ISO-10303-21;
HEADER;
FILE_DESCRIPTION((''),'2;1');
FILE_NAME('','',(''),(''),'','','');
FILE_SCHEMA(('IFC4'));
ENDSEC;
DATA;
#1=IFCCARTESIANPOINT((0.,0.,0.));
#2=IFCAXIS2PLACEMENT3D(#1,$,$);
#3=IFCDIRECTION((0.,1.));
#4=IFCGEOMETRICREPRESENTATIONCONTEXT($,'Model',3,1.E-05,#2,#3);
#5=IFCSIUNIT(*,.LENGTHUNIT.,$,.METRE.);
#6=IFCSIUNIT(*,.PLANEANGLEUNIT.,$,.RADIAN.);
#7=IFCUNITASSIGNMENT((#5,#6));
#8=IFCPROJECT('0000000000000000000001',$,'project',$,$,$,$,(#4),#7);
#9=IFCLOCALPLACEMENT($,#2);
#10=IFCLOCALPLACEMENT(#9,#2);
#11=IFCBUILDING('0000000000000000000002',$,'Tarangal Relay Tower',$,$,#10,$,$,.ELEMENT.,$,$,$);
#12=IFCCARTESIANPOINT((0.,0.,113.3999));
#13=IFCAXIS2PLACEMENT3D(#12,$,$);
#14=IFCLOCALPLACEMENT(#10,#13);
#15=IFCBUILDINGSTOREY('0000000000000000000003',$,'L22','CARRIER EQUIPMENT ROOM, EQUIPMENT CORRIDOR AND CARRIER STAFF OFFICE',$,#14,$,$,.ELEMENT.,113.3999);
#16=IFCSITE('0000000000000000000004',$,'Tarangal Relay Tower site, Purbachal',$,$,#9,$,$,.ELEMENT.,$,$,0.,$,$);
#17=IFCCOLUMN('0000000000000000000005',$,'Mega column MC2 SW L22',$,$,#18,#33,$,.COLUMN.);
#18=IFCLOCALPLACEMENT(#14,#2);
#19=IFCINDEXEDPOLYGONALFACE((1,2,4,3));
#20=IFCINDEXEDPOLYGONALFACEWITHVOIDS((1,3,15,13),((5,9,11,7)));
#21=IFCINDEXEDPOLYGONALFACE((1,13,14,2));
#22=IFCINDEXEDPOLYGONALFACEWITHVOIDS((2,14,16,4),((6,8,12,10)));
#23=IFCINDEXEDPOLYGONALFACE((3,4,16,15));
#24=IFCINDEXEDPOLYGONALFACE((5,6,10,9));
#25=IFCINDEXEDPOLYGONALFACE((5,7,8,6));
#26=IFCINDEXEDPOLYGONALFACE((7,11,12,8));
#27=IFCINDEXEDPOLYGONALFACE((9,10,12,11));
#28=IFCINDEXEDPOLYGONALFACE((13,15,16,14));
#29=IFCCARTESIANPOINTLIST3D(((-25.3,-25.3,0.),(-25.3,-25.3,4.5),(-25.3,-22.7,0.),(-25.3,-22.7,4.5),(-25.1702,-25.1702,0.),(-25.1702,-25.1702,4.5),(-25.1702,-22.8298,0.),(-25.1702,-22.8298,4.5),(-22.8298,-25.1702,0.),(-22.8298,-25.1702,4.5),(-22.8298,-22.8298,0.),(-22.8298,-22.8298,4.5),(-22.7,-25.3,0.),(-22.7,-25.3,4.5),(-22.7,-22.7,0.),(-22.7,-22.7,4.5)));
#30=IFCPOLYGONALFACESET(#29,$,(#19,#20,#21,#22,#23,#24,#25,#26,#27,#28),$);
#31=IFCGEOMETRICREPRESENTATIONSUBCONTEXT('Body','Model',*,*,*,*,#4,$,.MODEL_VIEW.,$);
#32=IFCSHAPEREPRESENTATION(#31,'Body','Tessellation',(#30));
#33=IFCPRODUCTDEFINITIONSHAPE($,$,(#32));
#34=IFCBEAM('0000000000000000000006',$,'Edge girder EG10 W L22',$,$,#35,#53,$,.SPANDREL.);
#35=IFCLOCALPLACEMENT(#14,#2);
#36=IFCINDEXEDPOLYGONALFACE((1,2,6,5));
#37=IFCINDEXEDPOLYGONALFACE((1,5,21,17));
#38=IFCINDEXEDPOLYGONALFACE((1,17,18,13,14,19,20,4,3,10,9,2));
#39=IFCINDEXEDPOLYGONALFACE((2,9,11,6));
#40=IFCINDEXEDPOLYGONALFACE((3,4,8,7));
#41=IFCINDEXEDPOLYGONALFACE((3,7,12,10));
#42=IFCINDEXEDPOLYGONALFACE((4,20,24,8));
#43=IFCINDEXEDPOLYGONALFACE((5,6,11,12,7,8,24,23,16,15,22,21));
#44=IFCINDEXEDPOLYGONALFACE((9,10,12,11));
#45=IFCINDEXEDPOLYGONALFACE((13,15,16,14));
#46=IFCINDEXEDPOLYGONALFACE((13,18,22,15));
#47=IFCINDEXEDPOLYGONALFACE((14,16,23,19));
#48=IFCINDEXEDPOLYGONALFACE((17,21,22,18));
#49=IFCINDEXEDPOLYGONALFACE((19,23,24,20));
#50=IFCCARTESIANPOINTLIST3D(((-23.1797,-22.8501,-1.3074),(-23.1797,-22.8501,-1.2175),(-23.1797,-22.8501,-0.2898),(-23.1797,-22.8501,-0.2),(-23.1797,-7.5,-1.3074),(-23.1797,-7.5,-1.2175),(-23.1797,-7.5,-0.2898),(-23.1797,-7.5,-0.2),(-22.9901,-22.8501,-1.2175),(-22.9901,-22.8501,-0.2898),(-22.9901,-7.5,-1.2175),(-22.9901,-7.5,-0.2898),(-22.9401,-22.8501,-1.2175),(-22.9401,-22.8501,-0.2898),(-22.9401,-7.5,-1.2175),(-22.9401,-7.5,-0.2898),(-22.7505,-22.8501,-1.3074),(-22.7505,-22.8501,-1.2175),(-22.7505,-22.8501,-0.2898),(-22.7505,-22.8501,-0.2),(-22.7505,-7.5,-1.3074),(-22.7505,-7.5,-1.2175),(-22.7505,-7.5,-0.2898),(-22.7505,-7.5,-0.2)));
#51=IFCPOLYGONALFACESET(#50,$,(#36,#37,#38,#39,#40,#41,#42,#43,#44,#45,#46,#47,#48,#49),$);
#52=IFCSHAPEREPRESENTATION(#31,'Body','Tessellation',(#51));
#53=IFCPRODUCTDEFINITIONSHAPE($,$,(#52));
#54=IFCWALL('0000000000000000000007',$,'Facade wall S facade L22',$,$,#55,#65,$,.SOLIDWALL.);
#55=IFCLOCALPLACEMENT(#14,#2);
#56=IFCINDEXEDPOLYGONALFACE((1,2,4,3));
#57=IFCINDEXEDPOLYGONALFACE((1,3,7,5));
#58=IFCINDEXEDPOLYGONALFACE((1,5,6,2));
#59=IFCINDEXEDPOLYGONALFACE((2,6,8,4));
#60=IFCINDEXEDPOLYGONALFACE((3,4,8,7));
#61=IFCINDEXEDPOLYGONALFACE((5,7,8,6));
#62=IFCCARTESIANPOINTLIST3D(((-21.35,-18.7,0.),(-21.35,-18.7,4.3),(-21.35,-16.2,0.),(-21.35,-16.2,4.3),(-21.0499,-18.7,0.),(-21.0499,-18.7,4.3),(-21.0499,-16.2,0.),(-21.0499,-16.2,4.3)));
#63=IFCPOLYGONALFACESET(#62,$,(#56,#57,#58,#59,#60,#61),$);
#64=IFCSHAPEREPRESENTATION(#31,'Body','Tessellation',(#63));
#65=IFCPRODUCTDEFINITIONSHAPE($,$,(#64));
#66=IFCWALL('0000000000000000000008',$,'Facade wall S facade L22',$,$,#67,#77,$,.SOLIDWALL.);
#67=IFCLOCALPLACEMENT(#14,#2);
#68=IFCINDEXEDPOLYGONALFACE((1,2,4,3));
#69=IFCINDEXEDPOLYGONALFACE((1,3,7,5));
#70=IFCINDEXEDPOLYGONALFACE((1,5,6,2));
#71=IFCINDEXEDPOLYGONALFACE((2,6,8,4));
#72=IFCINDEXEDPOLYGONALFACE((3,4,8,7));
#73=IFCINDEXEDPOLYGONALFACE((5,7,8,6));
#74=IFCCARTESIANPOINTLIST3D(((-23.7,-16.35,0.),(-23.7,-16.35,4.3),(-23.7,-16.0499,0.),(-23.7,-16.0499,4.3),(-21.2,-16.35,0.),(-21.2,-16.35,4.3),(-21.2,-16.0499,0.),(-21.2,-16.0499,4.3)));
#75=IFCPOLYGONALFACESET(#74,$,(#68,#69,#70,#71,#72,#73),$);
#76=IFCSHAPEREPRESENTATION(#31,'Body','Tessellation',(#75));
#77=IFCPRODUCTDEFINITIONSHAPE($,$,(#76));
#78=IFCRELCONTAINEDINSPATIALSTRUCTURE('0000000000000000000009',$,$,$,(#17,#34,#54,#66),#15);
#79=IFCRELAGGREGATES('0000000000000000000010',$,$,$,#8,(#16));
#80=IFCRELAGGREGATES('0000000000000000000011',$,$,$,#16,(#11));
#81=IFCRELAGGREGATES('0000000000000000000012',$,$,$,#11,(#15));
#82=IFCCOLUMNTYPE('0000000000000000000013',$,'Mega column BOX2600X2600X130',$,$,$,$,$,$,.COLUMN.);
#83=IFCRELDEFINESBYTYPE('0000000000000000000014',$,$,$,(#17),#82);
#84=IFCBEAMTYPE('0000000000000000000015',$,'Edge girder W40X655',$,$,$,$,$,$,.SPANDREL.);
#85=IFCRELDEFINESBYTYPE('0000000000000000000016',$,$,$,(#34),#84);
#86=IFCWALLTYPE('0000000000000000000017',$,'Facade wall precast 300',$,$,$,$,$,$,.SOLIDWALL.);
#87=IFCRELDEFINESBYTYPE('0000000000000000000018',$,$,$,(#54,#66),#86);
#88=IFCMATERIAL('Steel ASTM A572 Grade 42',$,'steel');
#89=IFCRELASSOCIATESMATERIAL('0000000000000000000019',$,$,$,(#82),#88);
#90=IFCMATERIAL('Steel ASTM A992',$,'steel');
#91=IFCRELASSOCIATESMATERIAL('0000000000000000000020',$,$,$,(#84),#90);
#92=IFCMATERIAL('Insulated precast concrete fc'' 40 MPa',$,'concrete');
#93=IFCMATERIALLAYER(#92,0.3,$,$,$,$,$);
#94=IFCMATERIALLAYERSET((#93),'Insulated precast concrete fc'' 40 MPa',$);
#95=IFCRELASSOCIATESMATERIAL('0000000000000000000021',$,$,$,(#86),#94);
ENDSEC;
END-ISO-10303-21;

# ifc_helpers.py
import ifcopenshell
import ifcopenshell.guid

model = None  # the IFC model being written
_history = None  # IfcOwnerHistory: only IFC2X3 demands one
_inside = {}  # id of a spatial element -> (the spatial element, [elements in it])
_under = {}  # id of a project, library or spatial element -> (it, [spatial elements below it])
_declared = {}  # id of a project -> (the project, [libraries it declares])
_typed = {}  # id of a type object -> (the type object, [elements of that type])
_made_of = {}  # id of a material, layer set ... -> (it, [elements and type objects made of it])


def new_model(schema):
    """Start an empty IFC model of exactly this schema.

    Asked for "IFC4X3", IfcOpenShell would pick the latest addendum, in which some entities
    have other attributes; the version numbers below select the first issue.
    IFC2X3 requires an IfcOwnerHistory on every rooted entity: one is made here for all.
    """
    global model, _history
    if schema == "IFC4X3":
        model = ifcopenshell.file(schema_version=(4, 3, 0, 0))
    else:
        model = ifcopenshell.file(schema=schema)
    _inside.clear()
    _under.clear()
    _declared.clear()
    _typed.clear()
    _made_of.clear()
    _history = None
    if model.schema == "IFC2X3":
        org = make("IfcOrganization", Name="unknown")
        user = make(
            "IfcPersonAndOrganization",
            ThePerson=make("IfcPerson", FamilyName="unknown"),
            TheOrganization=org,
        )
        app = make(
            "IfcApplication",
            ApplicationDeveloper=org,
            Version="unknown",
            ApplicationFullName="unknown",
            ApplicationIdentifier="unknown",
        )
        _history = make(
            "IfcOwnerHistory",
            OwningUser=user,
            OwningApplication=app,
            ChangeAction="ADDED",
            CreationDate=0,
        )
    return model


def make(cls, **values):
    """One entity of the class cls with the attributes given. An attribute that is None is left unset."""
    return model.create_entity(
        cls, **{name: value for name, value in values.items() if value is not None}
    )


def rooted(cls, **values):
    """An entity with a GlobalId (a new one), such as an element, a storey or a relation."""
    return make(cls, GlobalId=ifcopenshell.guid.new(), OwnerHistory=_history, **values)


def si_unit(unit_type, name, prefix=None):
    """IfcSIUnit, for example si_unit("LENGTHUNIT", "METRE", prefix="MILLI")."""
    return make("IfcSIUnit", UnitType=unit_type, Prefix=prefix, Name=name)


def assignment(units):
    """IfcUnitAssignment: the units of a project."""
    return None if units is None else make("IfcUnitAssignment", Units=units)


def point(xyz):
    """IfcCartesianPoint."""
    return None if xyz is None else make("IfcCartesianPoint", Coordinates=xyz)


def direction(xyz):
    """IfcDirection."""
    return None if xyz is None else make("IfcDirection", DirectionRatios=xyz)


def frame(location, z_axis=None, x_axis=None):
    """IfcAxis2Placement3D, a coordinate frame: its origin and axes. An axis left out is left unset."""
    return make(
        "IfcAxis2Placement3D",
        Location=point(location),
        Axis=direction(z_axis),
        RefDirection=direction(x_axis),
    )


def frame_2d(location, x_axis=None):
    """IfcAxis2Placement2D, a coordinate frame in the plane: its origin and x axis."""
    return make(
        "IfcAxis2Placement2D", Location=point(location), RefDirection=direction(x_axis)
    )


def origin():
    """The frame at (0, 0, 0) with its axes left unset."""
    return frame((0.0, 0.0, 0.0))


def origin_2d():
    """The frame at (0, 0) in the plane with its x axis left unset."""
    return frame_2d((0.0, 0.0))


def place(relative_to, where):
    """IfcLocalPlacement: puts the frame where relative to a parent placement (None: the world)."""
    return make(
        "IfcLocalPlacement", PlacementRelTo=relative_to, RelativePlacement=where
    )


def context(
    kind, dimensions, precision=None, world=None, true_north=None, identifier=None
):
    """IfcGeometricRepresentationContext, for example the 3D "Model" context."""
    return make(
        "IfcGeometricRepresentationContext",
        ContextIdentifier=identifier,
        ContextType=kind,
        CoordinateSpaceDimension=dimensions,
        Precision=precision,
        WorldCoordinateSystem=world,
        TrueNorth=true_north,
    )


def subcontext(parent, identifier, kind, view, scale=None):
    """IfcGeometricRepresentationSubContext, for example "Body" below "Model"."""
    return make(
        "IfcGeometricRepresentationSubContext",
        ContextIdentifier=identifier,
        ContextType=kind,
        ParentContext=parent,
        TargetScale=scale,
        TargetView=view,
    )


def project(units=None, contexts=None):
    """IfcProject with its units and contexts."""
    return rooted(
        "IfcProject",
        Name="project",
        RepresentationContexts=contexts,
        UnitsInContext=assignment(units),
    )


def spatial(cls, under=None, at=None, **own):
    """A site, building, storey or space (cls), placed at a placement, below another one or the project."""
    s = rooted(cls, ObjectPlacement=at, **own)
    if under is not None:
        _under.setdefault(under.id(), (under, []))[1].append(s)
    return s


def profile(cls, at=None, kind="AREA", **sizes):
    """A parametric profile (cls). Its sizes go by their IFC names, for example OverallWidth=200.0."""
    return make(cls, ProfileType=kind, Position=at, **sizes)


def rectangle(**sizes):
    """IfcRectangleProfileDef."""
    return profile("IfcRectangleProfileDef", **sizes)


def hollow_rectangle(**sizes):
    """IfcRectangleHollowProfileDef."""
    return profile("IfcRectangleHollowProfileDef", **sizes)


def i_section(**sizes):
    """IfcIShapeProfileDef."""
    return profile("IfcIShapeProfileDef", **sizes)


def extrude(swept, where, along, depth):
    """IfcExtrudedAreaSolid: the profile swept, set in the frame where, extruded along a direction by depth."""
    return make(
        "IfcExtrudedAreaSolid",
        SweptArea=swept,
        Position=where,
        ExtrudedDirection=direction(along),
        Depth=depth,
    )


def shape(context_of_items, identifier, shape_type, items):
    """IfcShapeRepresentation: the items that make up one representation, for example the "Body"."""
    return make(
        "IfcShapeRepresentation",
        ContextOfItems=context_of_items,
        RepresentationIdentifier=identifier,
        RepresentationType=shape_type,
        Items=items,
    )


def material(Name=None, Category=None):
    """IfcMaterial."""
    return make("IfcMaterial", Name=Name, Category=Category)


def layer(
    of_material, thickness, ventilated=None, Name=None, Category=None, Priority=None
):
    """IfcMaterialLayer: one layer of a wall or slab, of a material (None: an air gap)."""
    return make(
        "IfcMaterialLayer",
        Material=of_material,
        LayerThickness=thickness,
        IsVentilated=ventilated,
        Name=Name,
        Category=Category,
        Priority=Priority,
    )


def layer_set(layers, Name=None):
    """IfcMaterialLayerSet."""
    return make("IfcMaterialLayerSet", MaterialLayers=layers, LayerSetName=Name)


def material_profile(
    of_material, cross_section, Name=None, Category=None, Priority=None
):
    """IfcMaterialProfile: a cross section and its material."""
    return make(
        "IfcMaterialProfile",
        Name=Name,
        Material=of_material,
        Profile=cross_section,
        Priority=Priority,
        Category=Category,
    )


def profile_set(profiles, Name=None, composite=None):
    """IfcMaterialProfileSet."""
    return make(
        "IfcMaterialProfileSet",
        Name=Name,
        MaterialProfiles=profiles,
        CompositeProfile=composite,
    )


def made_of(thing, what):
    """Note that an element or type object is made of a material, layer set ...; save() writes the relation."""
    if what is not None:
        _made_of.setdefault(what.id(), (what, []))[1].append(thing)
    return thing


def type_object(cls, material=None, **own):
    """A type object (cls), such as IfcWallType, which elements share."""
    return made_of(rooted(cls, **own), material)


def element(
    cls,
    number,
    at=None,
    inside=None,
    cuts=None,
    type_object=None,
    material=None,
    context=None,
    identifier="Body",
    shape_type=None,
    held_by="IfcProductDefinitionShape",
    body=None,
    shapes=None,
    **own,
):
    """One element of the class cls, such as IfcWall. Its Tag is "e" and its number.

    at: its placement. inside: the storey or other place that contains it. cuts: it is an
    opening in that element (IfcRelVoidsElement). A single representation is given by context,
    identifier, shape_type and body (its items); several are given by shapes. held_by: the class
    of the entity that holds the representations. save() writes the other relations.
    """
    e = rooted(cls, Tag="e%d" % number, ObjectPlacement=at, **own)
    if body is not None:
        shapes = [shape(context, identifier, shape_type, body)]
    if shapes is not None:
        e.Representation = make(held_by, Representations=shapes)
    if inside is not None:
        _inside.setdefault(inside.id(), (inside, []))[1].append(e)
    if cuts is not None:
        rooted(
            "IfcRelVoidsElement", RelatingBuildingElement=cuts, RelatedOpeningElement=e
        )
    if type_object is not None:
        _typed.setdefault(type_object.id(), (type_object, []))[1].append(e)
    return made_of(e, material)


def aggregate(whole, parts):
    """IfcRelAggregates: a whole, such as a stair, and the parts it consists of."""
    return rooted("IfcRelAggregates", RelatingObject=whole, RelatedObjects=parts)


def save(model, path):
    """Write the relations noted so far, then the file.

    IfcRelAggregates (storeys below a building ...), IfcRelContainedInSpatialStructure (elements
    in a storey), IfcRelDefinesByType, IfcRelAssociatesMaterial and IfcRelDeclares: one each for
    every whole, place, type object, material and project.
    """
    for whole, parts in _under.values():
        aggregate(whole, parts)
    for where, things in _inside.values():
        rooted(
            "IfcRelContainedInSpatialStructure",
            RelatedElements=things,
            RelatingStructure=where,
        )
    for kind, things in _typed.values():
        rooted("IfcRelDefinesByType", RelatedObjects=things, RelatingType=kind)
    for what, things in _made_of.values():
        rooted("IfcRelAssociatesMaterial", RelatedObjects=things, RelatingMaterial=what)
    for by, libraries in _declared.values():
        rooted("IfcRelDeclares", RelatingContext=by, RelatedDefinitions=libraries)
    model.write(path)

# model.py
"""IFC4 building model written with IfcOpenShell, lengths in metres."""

from ifc_helpers import new_model, si_unit, direction, frame, frame_2d, origin, origin_2d, place, context, subcontext, project, spatial, rectangle, hollow_rectangle, i_section, extrude, material, layer, layer_set, material_profile, profile_set, type_object, element, save


model = new_model("IFC4")

# Units and contexts
model_context = context("Model", 3, precision=1e-05, world=origin(), true_north=direction((0.0, 1.0)))
body_context = subcontext(model_context, "Body", "Model", "MODEL_VIEW")
ifc_project = project(units=[si_unit("LENGTHUNIT", "METRE"), si_unit("PLANEANGLEUNIT", "RADIAN")], contexts=[model_context])

# Site, building, storey
site_placement = place(None, origin())
site = spatial("IfcSite", under=ifc_project, at=site_placement, Name="Tarangal Relay Tower site, Purbachal", CompositionType="ELEMENT", RefElevation=0.0)
building_placement = place(site_placement, origin())
building = spatial("IfcBuilding", under=site, at=building_placement, Name="Tarangal Relay Tower", CompositionType="ELEMENT")
storey_placement = place(building_placement, frame((0.0, 0.0, 113.3999)))
storey = spatial("IfcBuildingStorey", under=building, at=storey_placement, Name="L22", Description="CARRIER EQUIPMENT ROOM, EQUIPMENT CORRIDOR AND CARRIER STAFF OFFICE", CompositionType="ELEMENT", Elevation=113.3999)

# Column
ifc_material_1 = material(Name="Steel ASTM A572 Grade 42", Category="steel")
ifc_material_profile_1 = material_profile(ifc_material_1, hollow_rectangle(XDim=2.6001, YDim=2.6001, WallThickness=0.1299, at=origin_2d()), Name="BOX2600X2600X130")
ifc_profile_set_1 = profile_set([ifc_material_profile_1], Name="Steel ASTM A572 Grade 42")
column_type = type_object("IfcColumnType", Name="Mega column BOX2600X2600X130", PredefinedType="COLUMN", material=ifc_profile_set_1)
column_placement = place(storey_placement, frame((-24.0, -24.0, 0.0), z_axis=(0.0, 0.0, 1.0), x_axis=(1.0, 0.0, 0.0)))
element("IfcColumn", 1, at=column_placement, inside=storey, type_object=column_type, Name="Mega column MC2 SW L22", PredefinedType="COLUMN", context=body_context, shape_type="SweptSolid", body=[
    extrude(hollow_rectangle(XDim=2.6001, YDim=2.6001, WallThickness=0.1299, at=origin_2d()), origin(), (0.0, 0.0, 1.0), 4.5),
])

# Beam
ifc_material_2 = material(Name="Steel ASTM A992", Category="steel")
ifc_material_profile_2 = material_profile(ifc_material_2, i_section(OverallWidth=0.4292, OverallDepth=1.1074, WebThickness=0.05, FlangeThickness=0.0898, at=origin_2d()), Name="W40X655")
ifc_profile_set_2 = profile_set([ifc_material_profile_2], Name="Steel ASTM A992")
beam_type = type_object("IfcBeamType", Name="Edge girder W40X655", PredefinedType="SPANDREL", material=ifc_profile_set_2)
beam_placement = place(storey_placement, frame((-22.9651, -22.8501, -0.7537), z_axis=(0.0, 1.0, 0.0), x_axis=(-1.0, 0.0, 0.0)))
element("IfcBeam", 2, at=beam_placement, inside=storey, type_object=beam_type, Name="Edge girder EG10 W L22", PredefinedType="SPANDREL", context=body_context, shape_type="SweptSolid", body=[
    extrude(i_section(OverallWidth=0.4292, OverallDepth=1.1074, WebThickness=0.05, FlangeThickness=0.0898, at=origin_2d()), origin(), (0.0, 0.0, 1.0), 15.3501),
])

# Walls
ifc_material_3 = material(Name="Insulated precast concrete fc' 40 MPa", Category="concrete")
ifc_layer = layer(ifc_material_3, 0.3)
ifc_layer_set = layer_set([ifc_layer], Name="Insulated precast concrete fc' 40 MPa")
wall_type = type_object("IfcWallType", Name="Facade wall precast 300", PredefinedType="SOLIDWALL", material=ifc_layer_set)
for number, where, z_axis, x_axis, name in (
    (3, (-21.2, -18.7, 0.0), (0.0, 0.0, 1.0), (0.0, 1.0, 0.0), "Facade wall S facade L22"),
    (4, (-21.2, -16.2, 0.0), (0.0, 0.0, 1.0), (-1.0, 0.0, 0.0), "Facade wall S facade L22"),
):
    element("IfcWall", number, at=place(storey_placement, frame(where, z_axis=z_axis, x_axis=x_axis)), inside=storey, type_object=wall_type, Name=name, PredefinedType="SOLIDWALL", context=body_context, shape_type="SweptSolid", body=[
        extrude(rectangle(XDim=2.5, YDim=0.3, at=frame_2d((1.25, 0.0))), origin(), (0.0, 0.0, 1.0), 4.3),
    ])

save(model, "model.ifc")
